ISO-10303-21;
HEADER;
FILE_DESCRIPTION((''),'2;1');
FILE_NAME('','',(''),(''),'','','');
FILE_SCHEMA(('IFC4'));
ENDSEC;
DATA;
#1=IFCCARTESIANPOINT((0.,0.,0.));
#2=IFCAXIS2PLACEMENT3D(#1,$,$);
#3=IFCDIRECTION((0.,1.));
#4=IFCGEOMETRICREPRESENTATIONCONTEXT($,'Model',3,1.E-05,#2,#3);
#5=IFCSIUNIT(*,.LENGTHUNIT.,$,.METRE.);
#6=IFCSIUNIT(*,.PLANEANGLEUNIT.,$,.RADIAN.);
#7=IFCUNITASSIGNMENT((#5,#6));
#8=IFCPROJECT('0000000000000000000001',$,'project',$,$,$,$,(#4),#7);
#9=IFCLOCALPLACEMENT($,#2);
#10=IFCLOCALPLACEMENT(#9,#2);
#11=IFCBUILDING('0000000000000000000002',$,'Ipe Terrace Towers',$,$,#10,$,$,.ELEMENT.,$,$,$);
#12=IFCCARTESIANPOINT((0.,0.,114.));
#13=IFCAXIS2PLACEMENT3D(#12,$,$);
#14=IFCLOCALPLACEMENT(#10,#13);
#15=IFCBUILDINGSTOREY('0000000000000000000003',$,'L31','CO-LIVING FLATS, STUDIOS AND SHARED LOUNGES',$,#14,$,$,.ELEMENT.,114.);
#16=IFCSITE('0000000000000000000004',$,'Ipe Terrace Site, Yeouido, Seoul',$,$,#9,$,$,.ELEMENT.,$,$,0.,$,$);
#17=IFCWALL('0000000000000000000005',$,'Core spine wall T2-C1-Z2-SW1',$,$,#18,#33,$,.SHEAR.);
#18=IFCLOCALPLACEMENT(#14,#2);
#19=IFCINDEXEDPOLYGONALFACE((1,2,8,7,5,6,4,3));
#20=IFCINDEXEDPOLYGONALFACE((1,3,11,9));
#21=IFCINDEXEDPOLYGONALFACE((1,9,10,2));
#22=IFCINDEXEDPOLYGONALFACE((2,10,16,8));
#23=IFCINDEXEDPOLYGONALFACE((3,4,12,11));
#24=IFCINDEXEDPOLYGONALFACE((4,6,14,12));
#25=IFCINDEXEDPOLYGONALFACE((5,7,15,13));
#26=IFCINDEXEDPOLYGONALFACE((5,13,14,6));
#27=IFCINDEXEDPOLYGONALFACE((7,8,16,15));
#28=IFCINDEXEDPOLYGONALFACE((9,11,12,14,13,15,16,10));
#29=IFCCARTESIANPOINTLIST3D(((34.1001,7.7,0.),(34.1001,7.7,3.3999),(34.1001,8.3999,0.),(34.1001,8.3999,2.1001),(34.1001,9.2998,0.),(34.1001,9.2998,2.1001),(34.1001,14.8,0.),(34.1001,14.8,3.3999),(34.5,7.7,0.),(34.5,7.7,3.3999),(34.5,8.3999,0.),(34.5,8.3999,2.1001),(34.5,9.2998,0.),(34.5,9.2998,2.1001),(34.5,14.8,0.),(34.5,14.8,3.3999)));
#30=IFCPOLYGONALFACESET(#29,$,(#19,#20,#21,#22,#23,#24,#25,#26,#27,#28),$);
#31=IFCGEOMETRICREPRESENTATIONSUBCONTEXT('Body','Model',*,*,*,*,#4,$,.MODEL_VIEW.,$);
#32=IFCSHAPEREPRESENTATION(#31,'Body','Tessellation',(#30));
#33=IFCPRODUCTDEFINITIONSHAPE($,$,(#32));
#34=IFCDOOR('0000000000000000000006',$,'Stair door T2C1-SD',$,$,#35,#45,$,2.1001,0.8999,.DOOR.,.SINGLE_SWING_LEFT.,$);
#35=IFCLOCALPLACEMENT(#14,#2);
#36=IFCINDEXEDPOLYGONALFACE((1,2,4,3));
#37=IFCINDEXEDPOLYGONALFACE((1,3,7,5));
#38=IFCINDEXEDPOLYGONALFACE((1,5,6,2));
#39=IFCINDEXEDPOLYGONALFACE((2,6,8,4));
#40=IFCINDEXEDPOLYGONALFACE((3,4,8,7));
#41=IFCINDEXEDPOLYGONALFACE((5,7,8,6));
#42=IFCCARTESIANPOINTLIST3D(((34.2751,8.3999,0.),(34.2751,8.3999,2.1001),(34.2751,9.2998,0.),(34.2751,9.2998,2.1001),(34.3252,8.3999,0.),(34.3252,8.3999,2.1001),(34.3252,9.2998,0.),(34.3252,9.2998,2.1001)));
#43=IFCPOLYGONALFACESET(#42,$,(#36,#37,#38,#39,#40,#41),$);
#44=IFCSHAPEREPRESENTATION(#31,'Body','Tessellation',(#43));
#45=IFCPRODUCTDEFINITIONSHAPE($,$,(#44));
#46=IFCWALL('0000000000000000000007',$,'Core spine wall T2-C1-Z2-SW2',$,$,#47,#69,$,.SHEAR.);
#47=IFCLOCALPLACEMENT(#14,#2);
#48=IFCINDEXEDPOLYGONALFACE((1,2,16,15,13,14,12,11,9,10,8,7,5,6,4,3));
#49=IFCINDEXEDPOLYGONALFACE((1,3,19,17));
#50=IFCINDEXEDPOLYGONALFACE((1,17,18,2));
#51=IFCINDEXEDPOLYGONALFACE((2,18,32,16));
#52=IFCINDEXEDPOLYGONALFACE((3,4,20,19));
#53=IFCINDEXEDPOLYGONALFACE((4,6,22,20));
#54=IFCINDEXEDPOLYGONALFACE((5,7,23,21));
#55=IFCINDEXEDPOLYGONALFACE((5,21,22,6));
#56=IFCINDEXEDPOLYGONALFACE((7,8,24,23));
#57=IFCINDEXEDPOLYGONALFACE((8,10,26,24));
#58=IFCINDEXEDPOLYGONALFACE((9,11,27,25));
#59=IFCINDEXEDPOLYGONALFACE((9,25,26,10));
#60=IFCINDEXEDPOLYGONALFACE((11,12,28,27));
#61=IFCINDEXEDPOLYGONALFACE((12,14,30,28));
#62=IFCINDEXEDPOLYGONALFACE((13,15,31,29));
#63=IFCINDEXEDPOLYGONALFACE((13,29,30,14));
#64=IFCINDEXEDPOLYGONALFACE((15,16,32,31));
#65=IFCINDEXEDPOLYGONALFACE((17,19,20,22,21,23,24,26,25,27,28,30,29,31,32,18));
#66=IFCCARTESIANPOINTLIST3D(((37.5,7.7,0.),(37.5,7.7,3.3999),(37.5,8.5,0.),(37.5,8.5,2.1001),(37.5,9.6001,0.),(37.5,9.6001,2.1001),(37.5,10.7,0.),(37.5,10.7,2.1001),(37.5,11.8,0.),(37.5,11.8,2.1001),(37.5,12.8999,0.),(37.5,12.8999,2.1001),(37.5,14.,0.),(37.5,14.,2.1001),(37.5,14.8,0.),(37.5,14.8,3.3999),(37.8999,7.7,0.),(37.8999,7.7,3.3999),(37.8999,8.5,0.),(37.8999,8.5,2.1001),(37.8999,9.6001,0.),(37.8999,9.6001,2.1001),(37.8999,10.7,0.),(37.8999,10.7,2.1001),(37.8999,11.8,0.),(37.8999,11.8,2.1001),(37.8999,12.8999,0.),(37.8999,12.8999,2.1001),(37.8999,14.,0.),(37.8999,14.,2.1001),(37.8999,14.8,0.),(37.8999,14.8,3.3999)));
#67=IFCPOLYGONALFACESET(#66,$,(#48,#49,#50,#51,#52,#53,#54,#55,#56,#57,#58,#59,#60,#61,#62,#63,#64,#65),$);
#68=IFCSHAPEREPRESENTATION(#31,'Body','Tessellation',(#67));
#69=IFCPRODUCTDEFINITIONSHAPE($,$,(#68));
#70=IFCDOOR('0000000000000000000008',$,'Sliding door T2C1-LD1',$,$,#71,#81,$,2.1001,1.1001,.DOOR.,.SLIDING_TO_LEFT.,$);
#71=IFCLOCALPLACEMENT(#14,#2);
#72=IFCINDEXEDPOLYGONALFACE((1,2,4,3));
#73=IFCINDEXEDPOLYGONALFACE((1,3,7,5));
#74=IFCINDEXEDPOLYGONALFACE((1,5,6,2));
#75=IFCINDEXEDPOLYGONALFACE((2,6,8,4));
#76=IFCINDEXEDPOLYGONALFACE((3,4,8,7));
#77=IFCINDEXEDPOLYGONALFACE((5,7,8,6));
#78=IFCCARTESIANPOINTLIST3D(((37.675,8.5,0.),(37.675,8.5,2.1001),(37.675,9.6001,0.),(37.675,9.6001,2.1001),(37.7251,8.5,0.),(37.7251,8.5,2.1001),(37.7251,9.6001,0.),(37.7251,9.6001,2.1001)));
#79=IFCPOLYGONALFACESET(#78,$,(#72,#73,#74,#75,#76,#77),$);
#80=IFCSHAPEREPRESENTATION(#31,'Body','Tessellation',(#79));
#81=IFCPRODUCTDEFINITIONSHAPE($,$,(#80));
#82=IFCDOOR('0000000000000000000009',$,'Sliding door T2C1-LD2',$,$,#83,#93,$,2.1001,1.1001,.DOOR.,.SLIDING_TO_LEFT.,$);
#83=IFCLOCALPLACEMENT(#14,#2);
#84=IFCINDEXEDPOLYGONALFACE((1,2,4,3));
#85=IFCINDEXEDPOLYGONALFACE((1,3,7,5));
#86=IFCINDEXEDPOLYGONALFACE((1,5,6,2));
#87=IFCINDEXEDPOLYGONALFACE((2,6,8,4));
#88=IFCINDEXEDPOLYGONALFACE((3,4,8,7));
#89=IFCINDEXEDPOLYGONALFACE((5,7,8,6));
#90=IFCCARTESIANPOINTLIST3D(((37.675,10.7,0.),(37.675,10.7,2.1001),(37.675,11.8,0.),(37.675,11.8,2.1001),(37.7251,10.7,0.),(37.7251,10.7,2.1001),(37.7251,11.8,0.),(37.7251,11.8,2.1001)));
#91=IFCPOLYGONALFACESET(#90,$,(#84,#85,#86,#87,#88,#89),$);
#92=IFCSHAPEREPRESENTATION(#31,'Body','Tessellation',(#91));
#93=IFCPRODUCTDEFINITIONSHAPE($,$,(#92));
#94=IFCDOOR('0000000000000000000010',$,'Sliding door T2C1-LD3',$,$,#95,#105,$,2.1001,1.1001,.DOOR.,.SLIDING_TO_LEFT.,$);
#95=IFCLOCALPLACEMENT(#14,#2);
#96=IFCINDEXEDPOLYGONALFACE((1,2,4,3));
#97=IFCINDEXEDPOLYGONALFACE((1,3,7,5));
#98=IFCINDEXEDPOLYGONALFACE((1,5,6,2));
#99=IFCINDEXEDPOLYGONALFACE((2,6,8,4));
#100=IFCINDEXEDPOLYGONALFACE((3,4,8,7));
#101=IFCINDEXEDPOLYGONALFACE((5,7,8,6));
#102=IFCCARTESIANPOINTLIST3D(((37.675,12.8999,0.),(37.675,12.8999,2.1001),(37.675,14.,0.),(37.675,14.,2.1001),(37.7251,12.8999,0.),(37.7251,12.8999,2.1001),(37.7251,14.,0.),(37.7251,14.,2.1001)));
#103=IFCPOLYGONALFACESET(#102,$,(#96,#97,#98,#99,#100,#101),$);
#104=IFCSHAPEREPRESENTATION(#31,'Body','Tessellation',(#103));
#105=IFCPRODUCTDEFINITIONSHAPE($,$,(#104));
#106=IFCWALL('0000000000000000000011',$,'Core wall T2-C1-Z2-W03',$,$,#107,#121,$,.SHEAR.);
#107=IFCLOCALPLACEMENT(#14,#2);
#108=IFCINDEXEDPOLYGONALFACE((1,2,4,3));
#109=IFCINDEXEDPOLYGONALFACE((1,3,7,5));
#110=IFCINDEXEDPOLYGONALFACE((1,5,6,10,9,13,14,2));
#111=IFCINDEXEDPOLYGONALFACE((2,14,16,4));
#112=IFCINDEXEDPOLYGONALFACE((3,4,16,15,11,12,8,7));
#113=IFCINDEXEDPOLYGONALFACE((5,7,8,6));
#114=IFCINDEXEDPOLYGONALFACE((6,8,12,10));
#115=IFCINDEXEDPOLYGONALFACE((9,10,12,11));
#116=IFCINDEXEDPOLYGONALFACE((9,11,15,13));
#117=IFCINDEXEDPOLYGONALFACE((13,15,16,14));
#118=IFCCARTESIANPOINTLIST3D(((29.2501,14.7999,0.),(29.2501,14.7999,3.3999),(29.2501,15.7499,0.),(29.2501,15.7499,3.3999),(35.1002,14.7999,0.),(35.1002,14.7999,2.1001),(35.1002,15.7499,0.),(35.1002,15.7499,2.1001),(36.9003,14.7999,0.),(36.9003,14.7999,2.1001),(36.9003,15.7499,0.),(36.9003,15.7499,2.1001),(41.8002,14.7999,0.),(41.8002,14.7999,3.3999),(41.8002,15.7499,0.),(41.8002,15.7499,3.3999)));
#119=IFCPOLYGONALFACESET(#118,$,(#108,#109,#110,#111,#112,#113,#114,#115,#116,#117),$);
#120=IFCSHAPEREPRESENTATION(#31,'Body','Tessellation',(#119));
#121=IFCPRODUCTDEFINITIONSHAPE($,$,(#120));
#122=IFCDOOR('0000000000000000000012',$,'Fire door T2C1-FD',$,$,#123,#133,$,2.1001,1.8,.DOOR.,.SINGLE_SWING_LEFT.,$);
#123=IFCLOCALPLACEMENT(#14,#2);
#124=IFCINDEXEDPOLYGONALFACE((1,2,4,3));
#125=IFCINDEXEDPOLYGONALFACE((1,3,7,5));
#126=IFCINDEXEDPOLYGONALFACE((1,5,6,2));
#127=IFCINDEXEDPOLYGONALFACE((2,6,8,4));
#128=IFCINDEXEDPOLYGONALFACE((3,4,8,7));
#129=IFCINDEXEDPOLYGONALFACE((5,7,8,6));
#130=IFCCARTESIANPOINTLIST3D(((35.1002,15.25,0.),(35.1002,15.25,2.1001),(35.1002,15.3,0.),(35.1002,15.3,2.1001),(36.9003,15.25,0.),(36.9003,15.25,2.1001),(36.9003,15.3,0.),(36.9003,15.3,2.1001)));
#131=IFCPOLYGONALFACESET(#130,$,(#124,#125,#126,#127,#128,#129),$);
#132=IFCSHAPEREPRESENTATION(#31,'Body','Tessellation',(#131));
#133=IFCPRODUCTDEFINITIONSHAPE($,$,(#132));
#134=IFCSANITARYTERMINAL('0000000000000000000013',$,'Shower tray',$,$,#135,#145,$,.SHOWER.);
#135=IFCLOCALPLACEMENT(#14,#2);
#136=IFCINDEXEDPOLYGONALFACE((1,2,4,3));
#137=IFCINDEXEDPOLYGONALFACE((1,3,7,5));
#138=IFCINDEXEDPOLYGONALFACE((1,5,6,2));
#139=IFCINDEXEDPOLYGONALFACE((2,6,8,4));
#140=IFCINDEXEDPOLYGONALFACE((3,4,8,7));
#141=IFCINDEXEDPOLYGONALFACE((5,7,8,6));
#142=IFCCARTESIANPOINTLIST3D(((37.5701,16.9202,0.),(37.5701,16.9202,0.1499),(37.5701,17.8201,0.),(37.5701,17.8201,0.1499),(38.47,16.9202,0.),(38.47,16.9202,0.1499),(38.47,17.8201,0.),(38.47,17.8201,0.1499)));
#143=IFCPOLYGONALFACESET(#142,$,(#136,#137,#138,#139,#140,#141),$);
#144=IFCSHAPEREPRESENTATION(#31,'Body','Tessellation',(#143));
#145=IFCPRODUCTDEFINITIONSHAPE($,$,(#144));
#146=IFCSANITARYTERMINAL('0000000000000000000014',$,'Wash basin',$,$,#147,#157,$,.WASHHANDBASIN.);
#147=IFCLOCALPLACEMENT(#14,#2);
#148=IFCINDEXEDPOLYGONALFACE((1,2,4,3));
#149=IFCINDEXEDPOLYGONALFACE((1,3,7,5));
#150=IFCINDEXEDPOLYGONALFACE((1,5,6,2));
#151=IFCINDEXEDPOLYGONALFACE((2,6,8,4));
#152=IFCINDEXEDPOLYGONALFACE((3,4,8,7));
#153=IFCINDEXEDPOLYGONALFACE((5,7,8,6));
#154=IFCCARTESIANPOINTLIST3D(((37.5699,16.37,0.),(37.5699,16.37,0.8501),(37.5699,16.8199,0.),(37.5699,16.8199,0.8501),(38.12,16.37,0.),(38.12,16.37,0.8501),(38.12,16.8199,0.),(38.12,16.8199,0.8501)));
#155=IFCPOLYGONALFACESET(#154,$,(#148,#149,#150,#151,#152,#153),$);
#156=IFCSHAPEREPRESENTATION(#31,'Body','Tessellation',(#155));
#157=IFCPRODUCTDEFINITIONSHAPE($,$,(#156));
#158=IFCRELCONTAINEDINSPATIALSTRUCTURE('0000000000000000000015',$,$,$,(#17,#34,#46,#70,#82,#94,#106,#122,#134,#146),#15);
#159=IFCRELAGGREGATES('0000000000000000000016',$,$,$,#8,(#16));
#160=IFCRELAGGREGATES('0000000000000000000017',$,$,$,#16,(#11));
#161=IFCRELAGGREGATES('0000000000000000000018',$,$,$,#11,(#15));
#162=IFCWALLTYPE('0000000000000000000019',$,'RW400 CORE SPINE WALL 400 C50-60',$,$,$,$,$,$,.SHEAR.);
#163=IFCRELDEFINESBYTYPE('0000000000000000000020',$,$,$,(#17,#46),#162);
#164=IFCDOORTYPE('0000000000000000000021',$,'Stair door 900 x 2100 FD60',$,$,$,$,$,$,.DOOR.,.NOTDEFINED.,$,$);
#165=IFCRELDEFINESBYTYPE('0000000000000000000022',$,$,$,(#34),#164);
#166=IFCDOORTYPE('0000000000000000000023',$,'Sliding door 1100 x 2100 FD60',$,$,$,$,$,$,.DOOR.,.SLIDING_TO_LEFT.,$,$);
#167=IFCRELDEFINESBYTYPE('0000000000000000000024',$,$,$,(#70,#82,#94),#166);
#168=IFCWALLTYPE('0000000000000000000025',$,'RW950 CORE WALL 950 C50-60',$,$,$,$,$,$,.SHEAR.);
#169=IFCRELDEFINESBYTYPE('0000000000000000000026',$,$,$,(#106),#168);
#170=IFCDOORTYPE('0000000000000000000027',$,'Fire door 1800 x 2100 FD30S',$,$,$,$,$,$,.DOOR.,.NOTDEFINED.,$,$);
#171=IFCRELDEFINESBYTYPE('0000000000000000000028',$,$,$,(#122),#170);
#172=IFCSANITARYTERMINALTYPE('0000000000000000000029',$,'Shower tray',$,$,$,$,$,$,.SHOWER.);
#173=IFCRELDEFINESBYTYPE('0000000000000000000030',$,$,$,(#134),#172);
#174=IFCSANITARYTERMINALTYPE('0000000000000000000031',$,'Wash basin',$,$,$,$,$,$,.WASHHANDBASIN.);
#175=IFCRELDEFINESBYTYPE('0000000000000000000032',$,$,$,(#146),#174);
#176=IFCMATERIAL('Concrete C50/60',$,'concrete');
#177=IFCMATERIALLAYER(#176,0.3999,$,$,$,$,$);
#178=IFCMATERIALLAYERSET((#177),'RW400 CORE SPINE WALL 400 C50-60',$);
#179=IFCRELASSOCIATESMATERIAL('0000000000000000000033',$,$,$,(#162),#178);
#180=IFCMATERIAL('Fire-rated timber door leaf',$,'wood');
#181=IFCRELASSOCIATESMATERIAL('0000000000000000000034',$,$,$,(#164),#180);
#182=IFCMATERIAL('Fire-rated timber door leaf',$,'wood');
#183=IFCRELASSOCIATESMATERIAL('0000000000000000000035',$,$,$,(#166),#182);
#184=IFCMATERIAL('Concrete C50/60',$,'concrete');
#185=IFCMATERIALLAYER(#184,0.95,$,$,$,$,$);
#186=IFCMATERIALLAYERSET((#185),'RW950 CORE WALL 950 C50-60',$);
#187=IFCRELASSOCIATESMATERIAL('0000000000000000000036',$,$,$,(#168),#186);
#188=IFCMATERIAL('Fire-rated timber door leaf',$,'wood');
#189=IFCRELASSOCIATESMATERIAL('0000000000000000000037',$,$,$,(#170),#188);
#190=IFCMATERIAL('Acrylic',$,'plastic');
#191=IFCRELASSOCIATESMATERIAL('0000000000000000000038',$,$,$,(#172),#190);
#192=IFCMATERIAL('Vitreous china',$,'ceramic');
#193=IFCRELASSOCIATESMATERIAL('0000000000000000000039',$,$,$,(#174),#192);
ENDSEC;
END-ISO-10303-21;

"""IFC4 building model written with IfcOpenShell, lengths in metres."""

from ifc_helpers import new_model, si_unit, direction, frame, frame_2d, origin, origin_2d, place, context, subcontext, project, spatial, rectangle, extrude, material, layer, layer_set, type_object, element, fill, save


model = new_model("IFC4")

# Units and contexts
model_context = context("Model", 3, precision=1e-05, world=origin(), true_north=direction((0.0, 1.0)))
body_context = subcontext(model_context, "Body", "Model", "MODEL_VIEW")
ifc_project = project(units=[si_unit("LENGTHUNIT", "METRE"), si_unit("PLANEANGLEUNIT", "RADIAN")], contexts=[model_context])

# Site, building, storey
site_placement = place(None, origin())
site = spatial("IfcSite", under=ifc_project, at=site_placement, Name="Ipe Terrace Site, Yeouido, Seoul", CompositionType="ELEMENT", RefElevation=0.0)
building_placement = place(site_placement, origin())
building = spatial("IfcBuilding", under=site, at=building_placement, Name="Ipe Terrace Towers", CompositionType="ELEMENT")
storey_placement = place(building_placement, frame((0.0, 0.0, 114.0)))
storey = spatial("IfcBuildingStorey", under=building, at=storey_placement, Name="L31", Description="CO-LIVING FLATS, STUDIOS AND SHARED LOUNGES", CompositionType="ELEMENT", Elevation=114.0)

# Wall, opening, door
ifc_material_1 = material(Name="Concrete C50/60", Category="concrete")
ifc_layer_1 = layer(ifc_material_1, 0.3999)
ifc_layer_set_1 = layer_set([ifc_layer_1], Name="RW400 CORE SPINE WALL 400 C50-60")
wall_type_1 = type_object("IfcWallType", Name="RW400 CORE SPINE WALL 400 C50-60", PredefinedType="SHEAR", material=ifc_layer_set_1)
wall_1_placement = place(storey_placement, frame((34.3, 7.7, 0.0), z_axis=(0.0, 0.0, 1.0), x_axis=(0.0, 1.0, 0.0)))
wall_1 = element("IfcWall", 1, at=wall_1_placement, inside=storey, type_object=wall_type_1, Name="Core spine wall T2-C1-Z2-SW1", PredefinedType="SHEAR", context=body_context, shape_type="SweptSolid", body=[
    extrude(rectangle(XDim=7.1001, YDim=0.3999, at=frame_2d((3.55, 0.0))), origin(), (0.0, 0.0, 1.0), 3.3999),
])
opening_1_placement = place(wall_1_placement, frame((0.7, 0.0, 0.0)))
opening_1 = element("IfcOpeningElement", 2, at=opening_1_placement, cuts=wall_1, PredefinedType="OPENING", context=body_context, shape_type="SweptSolid", body=[
    extrude(rectangle(XDim=0.8999, YDim=2.1001, at=frame_2d((0.45, 1.05))), frame((0.0, 0.21, 0.0), z_axis=(0.0, -1.0, 0.0), x_axis=(1.0, 0.0, 0.0)), (0.0, 0.0, 1.0), 0.4199),
])
ifc_material_2 = material(Name="Fire-rated timber door leaf", Category="wood")
door_type_1 = type_object("IfcDoorType", Name="Stair door 900 x 2100 FD60", OperationType="NOTDEFINED", PredefinedType="DOOR", material=ifc_material_2)
door_1_placement = place(opening_1_placement, origin())
door_1 = element("IfcDoor", 3, at=door_1_placement, inside=storey, type_object=door_type_1, Name="Stair door T2C1-SD", OperationType="SINGLE_SWING_LEFT", OverallHeight=2.1001, OverallWidth=0.8999, PredefinedType="DOOR", context=body_context, shape_type="SweptSolid", body=[
    extrude(rectangle(XDim=0.8999, YDim=2.1001, at=frame_2d((0.45, 1.05))), frame((0.0, 0.0249, 0.0), z_axis=(0.0, -1.0, 0.0), x_axis=(1.0, 0.0, 0.0)), (0.0, 0.0, 1.0), 0.05),
])
fill(opening_1, door_1)

# Wall, openings, doors
wall_2_placement = place(storey_placement, frame((37.7, 7.7, 0.0), z_axis=(0.0, 0.0, 1.0), x_axis=(0.0, 1.0, 0.0)))
wall_2 = element("IfcWall", 4, at=wall_2_placement, inside=storey, type_object=wall_type_1, Name="Core spine wall T2-C1-Z2-SW2", PredefinedType="SHEAR", context=body_context, shape_type="SweptSolid", body=[
    extrude(rectangle(XDim=7.1001, YDim=0.3999, at=frame_2d((3.55, 0.0))), origin(), (0.0, 0.0, 1.0), 3.3999),
])
opening_2_placement = place(wall_2_placement, frame((0.8, 0.0, 0.0)))
opening_2 = element("IfcOpeningElement", 5, at=opening_2_placement, cuts=wall_2, PredefinedType="OPENING", context=body_context, shape_type="SweptSolid", body=[
    extrude(rectangle(XDim=1.1001, YDim=2.1001, at=frame_2d((0.55, 1.05))), frame((0.0, 0.21, 0.0), z_axis=(0.0, -1.0, 0.0), x_axis=(1.0, 0.0, 0.0)), (0.0, 0.0, 1.0), 0.4199),
])
opening_3_placement = place(wall_2_placement, frame((3.0, 0.0, 0.0)))
opening_3 = element("IfcOpeningElement", 6, at=opening_3_placement, cuts=wall_2, PredefinedType="OPENING", context=body_context, shape_type="SweptSolid", body=[
    extrude(rectangle(XDim=1.1001, YDim=2.1001, at=frame_2d((0.55, 1.05))), frame((0.0, 0.21, 0.0), z_axis=(0.0, -1.0, 0.0), x_axis=(1.0, 0.0, 0.0)), (0.0, 0.0, 1.0), 0.4199),
])
opening_4_placement = place(wall_2_placement, frame((5.2, 0.0, 0.0)))
opening_4 = element("IfcOpeningElement", 7, at=opening_4_placement, cuts=wall_2, PredefinedType="OPENING", context=body_context, shape_type="SweptSolid", body=[
    extrude(rectangle(XDim=1.1001, YDim=2.1001, at=frame_2d((0.55, 1.05))), frame((0.0, 0.21, 0.0), z_axis=(0.0, -1.0, 0.0), x_axis=(1.0, 0.0, 0.0)), (0.0, 0.0, 1.0), 0.4199),
])
ifc_material_3 = material(Name="Fire-rated timber door leaf", Category="wood")
door_type_2 = type_object("IfcDoorType", Name="Sliding door 1100 x 2100 FD60", OperationType="SLIDING_TO_LEFT", PredefinedType="DOOR", material=ifc_material_3)
door_2_placement = place(opening_2_placement, origin())
door_2 = element("IfcDoor", 8, at=door_2_placement, inside=storey, type_object=door_type_2, Name="Sliding door T2C1-LD1", OperationType="SLIDING_TO_LEFT", OverallHeight=2.1001, OverallWidth=1.1001, PredefinedType="DOOR", context=body_context, shape_type="SweptSolid", body=[
    extrude(rectangle(XDim=1.1001, YDim=2.1001, at=frame_2d((0.55, 1.05))), frame((0.0, 0.0249, 0.0), z_axis=(0.0, -1.0, 0.0), x_axis=(1.0, 0.0, 0.0)), (0.0, 0.0, 1.0), 0.05),
])
fill(opening_2, door_2)
door_3_placement = place(opening_3_placement, origin())
door_3 = element("IfcDoor", 9, at=door_3_placement, inside=storey, type_object=door_type_2, Name="Sliding door T2C1-LD2", OperationType="SLIDING_TO_LEFT", OverallHeight=2.1001, OverallWidth=1.1001, PredefinedType="DOOR", context=body_context, shape_type="SweptSolid", body=[
    extrude(rectangle(XDim=1.1001, YDim=2.1001, at=frame_2d((0.55, 1.05))), frame((0.0, 0.0249, 0.0), z_axis=(0.0, -1.0, 0.0), x_axis=(1.0, 0.0, 0.0)), (0.0, 0.0, 1.0), 0.05),
])
fill(opening_3, door_3)
door_4_placement = place(opening_4_placement, origin())
door_4 = element("IfcDoor", 10, at=door_4_placement, inside=storey, type_object=door_type_2, Name="Sliding door T2C1-LD3", OperationType="SLIDING_TO_LEFT", OverallHeight=2.1001, OverallWidth=1.1001, PredefinedType="DOOR", context=body_context, shape_type="SweptSolid", body=[
    extrude(rectangle(XDim=1.1001, YDim=2.1001, at=frame_2d((0.55, 1.05))), frame((0.0, 0.0249, 0.0), z_axis=(0.0, -1.0, 0.0), x_axis=(1.0, 0.0, 0.0)), (0.0, 0.0, 1.0), 0.05),
])
fill(opening_4, door_4)

# Wall, opening, door
ifc_material_4 = material(Name="Concrete C50/60", Category="concrete")
ifc_layer_2 = layer(ifc_material_4, 0.95)
ifc_layer_set_2 = layer_set([ifc_layer_2], Name="RW950 CORE WALL 950 C50-60")
wall_type_2 = type_object("IfcWallType", Name="RW950 CORE WALL 950 C50-60", PredefinedType="SHEAR", material=ifc_layer_set_2)
wall_3_placement = place(storey_placement, frame((41.8, 15.2749, 0.0), z_axis=(0.0, 0.0, 1.0), x_axis=(-1.0, 0.0, 0.0)))
wall_3 = element("IfcWall", 11, at=wall_3_placement, inside=storey, type_object=wall_type_2, Name="Core wall T2-C1-Z2-W03", PredefinedType="SHEAR", context=body_context, shape_type="SweptSolid", body=[
    extrude(rectangle(XDim=12.55, YDim=0.95, at=frame_2d((6.2749, 0.0))), origin(), (0.0, 0.0, 1.0), 3.3999),
])
opening_5_placement = place(wall_3_placement, frame((4.8999, 0.0, 0.0)))
opening_5 = element("IfcOpeningElement", 12, at=opening_5_placement, cuts=wall_3, PredefinedType="OPENING", context=body_context, shape_type="SweptSolid", body=[
    extrude(rectangle(XDim=1.8, YDim=2.1001, at=frame_2d((0.8999, 1.05))), frame((0.0, 0.4849, 0.0), z_axis=(0.0, -1.0, 0.0), x_axis=(1.0, 0.0, 0.0)), (0.0, 0.0, 1.0), 0.97),
])
ifc_material_5 = material(Name="Fire-rated timber door leaf", Category="wood")
door_type_3 = type_object("IfcDoorType", Name="Fire door 1800 x 2100 FD30S", OperationType="NOTDEFINED", PredefinedType="DOOR", material=ifc_material_5)
door_5_placement = place(opening_5_placement, origin())
door_5 = element("IfcDoor", 13, at=door_5_placement, inside=storey, type_object=door_type_3, Name="Fire door T2C1-FD", OperationType="SINGLE_SWING_LEFT", OverallHeight=2.1001, OverallWidth=1.8, PredefinedType="DOOR", context=body_context, shape_type="SweptSolid", body=[
    extrude(rectangle(XDim=1.8, YDim=2.1001, at=frame_2d((0.8999, 1.05))), frame((0.0, 0.0249, 0.0), z_axis=(0.0, -1.0, 0.0), x_axis=(1.0, 0.0, 0.0)), (0.0, 0.0, 1.0), 0.05),
])
fill(opening_5, door_5)

# Sanitary terminals
ifc_material_6 = material(Name="Acrylic", Category="plastic")
sanitary_terminal_type_1 = type_object("IfcSanitaryTerminalType", Name="Shower tray", PredefinedType="SHOWER", material=ifc_material_6)
sanitary_terminal_1_placement = place(storey_placement, frame((38.02, 17.3701, 0.0), z_axis=(0.0, 0.0, 1.0), x_axis=(1.0, 0.0, 0.0)))
element("IfcSanitaryTerminal", 14, at=sanitary_terminal_1_placement, inside=storey, type_object=sanitary_terminal_type_1, Name="Shower tray", PredefinedType="SHOWER", context=body_context, shape_type="SweptSolid", body=[
    extrude(rectangle(XDim=0.8999, YDim=0.8999, at=origin_2d()), origin(), (0.0, 0.0, 1.0), 0.1499),
])
ifc_material_7 = material(Name="Vitreous china", Category="ceramic")
sanitary_terminal_type_2 = type_object("IfcSanitaryTerminalType", Name="Wash basin", PredefinedType="WASHHANDBASIN", material=ifc_material_7)
sanitary_terminal_2_placement = place(storey_placement, frame((37.845, 16.595, 0.0), z_axis=(0.0, 0.0, 1.0), x_axis=(1.0, 0.0, 0.0)))
element("IfcSanitaryTerminal", 15, at=sanitary_terminal_2_placement, inside=storey, type_object=sanitary_terminal_type_2, Name="Wash basin", PredefinedType="WASHHANDBASIN", context=body_context, shape_type="SweptSolid", body=[
    extrude(rectangle(XDim=0.55, YDim=0.45, at=origin_2d()), origin(), (0.0, 0.0, 1.0), 0.8501),
])

save(model, "model.ifc")
